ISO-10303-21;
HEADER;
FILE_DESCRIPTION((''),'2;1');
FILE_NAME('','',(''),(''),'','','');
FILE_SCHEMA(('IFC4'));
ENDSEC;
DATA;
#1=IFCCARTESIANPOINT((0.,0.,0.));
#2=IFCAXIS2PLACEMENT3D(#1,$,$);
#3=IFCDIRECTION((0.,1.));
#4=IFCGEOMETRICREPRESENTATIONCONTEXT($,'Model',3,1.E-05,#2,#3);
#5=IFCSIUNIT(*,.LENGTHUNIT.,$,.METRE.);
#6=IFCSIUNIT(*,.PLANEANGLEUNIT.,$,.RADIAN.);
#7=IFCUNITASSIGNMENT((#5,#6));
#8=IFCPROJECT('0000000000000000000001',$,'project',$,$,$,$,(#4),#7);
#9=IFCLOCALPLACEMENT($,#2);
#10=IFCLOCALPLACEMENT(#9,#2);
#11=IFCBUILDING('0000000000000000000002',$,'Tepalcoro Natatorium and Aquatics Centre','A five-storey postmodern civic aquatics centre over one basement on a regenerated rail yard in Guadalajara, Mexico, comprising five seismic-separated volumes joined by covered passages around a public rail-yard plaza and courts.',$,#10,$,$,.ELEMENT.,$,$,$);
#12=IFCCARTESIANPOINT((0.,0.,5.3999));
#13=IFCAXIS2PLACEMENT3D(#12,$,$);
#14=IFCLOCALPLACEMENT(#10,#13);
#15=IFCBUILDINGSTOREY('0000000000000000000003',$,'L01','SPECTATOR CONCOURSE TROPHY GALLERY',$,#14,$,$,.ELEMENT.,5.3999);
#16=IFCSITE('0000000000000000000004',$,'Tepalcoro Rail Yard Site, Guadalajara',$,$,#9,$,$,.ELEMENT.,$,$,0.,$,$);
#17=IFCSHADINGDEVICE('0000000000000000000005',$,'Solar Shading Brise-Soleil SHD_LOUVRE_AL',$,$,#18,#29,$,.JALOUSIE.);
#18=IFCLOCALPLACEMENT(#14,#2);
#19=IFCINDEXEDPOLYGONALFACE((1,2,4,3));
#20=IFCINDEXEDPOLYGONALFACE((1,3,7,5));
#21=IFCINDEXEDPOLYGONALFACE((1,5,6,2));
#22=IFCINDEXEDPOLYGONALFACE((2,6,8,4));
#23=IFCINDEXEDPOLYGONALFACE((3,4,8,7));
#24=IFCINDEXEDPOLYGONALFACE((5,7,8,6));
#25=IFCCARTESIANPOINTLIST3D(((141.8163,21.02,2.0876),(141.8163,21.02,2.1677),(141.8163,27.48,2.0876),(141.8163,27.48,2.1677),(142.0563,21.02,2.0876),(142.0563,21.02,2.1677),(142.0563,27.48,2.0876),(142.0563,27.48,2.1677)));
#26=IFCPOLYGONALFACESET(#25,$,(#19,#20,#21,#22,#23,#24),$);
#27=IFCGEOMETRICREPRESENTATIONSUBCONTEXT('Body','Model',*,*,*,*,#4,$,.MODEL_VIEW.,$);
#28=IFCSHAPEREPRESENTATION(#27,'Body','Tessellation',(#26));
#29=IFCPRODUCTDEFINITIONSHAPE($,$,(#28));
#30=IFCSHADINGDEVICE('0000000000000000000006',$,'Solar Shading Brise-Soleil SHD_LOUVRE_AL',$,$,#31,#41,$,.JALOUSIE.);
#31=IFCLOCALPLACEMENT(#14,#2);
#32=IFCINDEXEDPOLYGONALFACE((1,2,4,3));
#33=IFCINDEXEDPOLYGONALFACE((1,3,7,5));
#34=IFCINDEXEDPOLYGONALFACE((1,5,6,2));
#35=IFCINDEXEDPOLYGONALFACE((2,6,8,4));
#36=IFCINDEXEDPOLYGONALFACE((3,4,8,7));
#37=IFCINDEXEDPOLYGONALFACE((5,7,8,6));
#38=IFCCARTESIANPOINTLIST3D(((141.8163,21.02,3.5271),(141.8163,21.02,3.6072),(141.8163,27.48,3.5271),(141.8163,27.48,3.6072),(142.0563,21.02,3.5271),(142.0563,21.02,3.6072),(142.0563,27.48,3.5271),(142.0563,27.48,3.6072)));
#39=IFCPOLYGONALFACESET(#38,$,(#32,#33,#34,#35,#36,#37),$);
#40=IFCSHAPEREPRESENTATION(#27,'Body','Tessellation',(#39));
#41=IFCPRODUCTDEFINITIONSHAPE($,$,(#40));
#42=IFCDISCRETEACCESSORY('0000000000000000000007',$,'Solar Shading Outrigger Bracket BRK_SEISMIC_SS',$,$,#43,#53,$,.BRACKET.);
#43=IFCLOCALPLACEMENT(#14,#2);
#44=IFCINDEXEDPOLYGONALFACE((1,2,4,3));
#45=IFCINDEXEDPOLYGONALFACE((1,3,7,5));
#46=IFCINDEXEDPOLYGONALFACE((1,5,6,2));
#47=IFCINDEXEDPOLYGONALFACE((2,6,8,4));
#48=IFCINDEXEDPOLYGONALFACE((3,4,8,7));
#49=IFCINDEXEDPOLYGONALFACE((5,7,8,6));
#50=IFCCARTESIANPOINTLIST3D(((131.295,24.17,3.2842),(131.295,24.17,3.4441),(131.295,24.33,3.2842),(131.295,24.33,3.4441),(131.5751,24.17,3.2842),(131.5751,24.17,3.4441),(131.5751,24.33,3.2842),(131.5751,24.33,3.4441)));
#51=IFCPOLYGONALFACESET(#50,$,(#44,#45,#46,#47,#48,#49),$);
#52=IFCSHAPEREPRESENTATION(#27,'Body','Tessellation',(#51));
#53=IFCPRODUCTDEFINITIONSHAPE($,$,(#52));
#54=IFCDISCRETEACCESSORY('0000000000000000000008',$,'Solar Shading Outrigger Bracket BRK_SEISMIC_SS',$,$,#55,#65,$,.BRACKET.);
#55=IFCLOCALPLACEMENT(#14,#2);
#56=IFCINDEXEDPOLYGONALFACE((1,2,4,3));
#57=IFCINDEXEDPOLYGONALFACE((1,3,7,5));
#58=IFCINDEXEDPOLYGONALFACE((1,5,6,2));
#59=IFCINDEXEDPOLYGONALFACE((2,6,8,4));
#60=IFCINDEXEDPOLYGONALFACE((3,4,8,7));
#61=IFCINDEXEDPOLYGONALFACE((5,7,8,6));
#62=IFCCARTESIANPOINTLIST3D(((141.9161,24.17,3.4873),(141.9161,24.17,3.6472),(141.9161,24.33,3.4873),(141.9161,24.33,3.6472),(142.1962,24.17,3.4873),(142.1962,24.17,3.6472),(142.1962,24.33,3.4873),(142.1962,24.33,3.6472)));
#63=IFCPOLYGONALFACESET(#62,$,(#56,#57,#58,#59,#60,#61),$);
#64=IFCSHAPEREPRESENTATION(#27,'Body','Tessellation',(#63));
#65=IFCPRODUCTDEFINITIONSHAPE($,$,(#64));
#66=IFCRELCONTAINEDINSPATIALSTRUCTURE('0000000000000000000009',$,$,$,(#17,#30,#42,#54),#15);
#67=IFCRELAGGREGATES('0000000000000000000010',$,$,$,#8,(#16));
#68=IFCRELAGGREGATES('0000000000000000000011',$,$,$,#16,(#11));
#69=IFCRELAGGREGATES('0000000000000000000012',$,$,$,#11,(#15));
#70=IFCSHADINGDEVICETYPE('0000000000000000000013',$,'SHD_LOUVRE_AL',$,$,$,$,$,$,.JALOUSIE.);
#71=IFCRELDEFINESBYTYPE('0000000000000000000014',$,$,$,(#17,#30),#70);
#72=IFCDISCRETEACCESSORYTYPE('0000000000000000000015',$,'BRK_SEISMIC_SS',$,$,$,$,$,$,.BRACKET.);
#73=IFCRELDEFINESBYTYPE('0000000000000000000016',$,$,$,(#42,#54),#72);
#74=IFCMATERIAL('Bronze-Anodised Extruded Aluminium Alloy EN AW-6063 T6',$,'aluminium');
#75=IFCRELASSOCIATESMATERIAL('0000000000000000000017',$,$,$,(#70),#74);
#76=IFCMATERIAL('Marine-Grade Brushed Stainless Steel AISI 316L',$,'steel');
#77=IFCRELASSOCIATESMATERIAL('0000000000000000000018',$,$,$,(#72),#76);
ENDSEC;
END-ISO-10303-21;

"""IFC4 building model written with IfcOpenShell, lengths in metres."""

from ifc_helpers import new_model, si_unit, direction, frame, origin, origin_2d, place, context, subcontext, project, spatial, rectangle, extrude, material, type_object, element, save


model = new_model("IFC4")

# Units and contexts
model_context = context("Model", 3, precision=1e-05, world=origin(), true_north=direction((0.0, 1.0)))
body_context = subcontext(model_context, "Body", "Model", "MODEL_VIEW")
ifc_project = project(units=[si_unit("LENGTHUNIT", "METRE"), si_unit("PLANEANGLEUNIT", "RADIAN")], contexts=[model_context])

# Site, building, storey
site_placement = place(None, origin())
site = spatial("IfcSite", under=ifc_project, at=site_placement, Name="Tepalcoro Rail Yard Site, Guadalajara", CompositionType="ELEMENT", RefElevation=0.0)
building_placement = place(site_placement, origin())
building = spatial("IfcBuilding", under=site, at=building_placement, Name="Tepalcoro Natatorium and Aquatics Centre", Description="A five-storey postmodern civic aquatics centre over one basement on a regenerated rail yard in Guadalajara, Mexico, comprising five seismic-separated volumes joined by covered passages around a public rail-yard plaza and courts.", CompositionType="ELEMENT")
storey_placement = place(building_placement, frame((0.0, 0.0, 5.3999)))
storey = spatial("IfcBuildingStorey", under=building, at=storey_placement, Name="L01", Description="SPECTATOR CONCOURSE TROPHY GALLERY", CompositionType="ELEMENT", Elevation=5.3999)

# Shared definitions
ifc_material_1 = material(Name="Bronze-Anodised Extruded Aluminium Alloy EN AW-6063 T6", Category="aluminium")

# Shading devices
shading_device_type = type_object("IfcShadingDeviceType", Name="SHD_LOUVRE_AL", PredefinedType="JALOUSIE", material=ifc_material_1)
for number, where, z_axis, x_axis, name in (
    (1, (141.9363, 24.25, 2.0876), (0.0, 0.0, 1.0), (1.0, 0.0, 0.0), "Solar Shading Brise-Soleil SHD_LOUVRE_AL"),
    (2, (141.9363, 24.25, 3.5271), (0.0, 0.0, 1.0), (1.0, 0.0, 0.0), "Solar Shading Brise-Soleil SHD_LOUVRE_AL"),
):
    element("IfcShadingDevice", number, at=place(storey_placement, frame(where, z_axis=z_axis, x_axis=x_axis)), inside=storey, type_object=shading_device_type, Name=name, PredefinedType="JALOUSIE", context=body_context, shape_type="SweptSolid", body=[
        extrude(rectangle(XDim=0.24, YDim=6.46, at=origin_2d()), origin(), (0.0, 0.0, 1.0), 0.0801),
    ])

# Discrete accessories
ifc_material_2 = material(Name="Marine-Grade Brushed Stainless Steel AISI 316L", Category="steel")
discrete_accessory_type = type_object("IfcDiscreteAccessoryType", Name="BRK_SEISMIC_SS", PredefinedType="BRACKET", material=ifc_material_2)
for number, where, z_axis, x_axis, name in (
    (3, (131.4351, 24.25, 3.2842), (0.0, 0.0, 1.0), (1.0, 0.0, 0.0), "Solar Shading Outrigger Bracket BRK_SEISMIC_SS"),
    (4, (142.0562, 24.25, 3.4873), (0.0, 0.0, 1.0), (1.0, 0.0, 0.0), "Solar Shading Outrigger Bracket BRK_SEISMIC_SS"),
):
    element("IfcDiscreteAccessory", number, at=place(storey_placement, frame(where, z_axis=z_axis, x_axis=x_axis)), inside=storey, type_object=discrete_accessory_type, Name=name, PredefinedType="BRACKET", context=body_context, shape_type="SweptSolid", body=[
        extrude(rectangle(XDim=0.28, YDim=0.1599, at=origin_2d()), origin(), (0.0, 0.0, 1.0), 0.1599),
    ])

save(model, "model.ifc")
